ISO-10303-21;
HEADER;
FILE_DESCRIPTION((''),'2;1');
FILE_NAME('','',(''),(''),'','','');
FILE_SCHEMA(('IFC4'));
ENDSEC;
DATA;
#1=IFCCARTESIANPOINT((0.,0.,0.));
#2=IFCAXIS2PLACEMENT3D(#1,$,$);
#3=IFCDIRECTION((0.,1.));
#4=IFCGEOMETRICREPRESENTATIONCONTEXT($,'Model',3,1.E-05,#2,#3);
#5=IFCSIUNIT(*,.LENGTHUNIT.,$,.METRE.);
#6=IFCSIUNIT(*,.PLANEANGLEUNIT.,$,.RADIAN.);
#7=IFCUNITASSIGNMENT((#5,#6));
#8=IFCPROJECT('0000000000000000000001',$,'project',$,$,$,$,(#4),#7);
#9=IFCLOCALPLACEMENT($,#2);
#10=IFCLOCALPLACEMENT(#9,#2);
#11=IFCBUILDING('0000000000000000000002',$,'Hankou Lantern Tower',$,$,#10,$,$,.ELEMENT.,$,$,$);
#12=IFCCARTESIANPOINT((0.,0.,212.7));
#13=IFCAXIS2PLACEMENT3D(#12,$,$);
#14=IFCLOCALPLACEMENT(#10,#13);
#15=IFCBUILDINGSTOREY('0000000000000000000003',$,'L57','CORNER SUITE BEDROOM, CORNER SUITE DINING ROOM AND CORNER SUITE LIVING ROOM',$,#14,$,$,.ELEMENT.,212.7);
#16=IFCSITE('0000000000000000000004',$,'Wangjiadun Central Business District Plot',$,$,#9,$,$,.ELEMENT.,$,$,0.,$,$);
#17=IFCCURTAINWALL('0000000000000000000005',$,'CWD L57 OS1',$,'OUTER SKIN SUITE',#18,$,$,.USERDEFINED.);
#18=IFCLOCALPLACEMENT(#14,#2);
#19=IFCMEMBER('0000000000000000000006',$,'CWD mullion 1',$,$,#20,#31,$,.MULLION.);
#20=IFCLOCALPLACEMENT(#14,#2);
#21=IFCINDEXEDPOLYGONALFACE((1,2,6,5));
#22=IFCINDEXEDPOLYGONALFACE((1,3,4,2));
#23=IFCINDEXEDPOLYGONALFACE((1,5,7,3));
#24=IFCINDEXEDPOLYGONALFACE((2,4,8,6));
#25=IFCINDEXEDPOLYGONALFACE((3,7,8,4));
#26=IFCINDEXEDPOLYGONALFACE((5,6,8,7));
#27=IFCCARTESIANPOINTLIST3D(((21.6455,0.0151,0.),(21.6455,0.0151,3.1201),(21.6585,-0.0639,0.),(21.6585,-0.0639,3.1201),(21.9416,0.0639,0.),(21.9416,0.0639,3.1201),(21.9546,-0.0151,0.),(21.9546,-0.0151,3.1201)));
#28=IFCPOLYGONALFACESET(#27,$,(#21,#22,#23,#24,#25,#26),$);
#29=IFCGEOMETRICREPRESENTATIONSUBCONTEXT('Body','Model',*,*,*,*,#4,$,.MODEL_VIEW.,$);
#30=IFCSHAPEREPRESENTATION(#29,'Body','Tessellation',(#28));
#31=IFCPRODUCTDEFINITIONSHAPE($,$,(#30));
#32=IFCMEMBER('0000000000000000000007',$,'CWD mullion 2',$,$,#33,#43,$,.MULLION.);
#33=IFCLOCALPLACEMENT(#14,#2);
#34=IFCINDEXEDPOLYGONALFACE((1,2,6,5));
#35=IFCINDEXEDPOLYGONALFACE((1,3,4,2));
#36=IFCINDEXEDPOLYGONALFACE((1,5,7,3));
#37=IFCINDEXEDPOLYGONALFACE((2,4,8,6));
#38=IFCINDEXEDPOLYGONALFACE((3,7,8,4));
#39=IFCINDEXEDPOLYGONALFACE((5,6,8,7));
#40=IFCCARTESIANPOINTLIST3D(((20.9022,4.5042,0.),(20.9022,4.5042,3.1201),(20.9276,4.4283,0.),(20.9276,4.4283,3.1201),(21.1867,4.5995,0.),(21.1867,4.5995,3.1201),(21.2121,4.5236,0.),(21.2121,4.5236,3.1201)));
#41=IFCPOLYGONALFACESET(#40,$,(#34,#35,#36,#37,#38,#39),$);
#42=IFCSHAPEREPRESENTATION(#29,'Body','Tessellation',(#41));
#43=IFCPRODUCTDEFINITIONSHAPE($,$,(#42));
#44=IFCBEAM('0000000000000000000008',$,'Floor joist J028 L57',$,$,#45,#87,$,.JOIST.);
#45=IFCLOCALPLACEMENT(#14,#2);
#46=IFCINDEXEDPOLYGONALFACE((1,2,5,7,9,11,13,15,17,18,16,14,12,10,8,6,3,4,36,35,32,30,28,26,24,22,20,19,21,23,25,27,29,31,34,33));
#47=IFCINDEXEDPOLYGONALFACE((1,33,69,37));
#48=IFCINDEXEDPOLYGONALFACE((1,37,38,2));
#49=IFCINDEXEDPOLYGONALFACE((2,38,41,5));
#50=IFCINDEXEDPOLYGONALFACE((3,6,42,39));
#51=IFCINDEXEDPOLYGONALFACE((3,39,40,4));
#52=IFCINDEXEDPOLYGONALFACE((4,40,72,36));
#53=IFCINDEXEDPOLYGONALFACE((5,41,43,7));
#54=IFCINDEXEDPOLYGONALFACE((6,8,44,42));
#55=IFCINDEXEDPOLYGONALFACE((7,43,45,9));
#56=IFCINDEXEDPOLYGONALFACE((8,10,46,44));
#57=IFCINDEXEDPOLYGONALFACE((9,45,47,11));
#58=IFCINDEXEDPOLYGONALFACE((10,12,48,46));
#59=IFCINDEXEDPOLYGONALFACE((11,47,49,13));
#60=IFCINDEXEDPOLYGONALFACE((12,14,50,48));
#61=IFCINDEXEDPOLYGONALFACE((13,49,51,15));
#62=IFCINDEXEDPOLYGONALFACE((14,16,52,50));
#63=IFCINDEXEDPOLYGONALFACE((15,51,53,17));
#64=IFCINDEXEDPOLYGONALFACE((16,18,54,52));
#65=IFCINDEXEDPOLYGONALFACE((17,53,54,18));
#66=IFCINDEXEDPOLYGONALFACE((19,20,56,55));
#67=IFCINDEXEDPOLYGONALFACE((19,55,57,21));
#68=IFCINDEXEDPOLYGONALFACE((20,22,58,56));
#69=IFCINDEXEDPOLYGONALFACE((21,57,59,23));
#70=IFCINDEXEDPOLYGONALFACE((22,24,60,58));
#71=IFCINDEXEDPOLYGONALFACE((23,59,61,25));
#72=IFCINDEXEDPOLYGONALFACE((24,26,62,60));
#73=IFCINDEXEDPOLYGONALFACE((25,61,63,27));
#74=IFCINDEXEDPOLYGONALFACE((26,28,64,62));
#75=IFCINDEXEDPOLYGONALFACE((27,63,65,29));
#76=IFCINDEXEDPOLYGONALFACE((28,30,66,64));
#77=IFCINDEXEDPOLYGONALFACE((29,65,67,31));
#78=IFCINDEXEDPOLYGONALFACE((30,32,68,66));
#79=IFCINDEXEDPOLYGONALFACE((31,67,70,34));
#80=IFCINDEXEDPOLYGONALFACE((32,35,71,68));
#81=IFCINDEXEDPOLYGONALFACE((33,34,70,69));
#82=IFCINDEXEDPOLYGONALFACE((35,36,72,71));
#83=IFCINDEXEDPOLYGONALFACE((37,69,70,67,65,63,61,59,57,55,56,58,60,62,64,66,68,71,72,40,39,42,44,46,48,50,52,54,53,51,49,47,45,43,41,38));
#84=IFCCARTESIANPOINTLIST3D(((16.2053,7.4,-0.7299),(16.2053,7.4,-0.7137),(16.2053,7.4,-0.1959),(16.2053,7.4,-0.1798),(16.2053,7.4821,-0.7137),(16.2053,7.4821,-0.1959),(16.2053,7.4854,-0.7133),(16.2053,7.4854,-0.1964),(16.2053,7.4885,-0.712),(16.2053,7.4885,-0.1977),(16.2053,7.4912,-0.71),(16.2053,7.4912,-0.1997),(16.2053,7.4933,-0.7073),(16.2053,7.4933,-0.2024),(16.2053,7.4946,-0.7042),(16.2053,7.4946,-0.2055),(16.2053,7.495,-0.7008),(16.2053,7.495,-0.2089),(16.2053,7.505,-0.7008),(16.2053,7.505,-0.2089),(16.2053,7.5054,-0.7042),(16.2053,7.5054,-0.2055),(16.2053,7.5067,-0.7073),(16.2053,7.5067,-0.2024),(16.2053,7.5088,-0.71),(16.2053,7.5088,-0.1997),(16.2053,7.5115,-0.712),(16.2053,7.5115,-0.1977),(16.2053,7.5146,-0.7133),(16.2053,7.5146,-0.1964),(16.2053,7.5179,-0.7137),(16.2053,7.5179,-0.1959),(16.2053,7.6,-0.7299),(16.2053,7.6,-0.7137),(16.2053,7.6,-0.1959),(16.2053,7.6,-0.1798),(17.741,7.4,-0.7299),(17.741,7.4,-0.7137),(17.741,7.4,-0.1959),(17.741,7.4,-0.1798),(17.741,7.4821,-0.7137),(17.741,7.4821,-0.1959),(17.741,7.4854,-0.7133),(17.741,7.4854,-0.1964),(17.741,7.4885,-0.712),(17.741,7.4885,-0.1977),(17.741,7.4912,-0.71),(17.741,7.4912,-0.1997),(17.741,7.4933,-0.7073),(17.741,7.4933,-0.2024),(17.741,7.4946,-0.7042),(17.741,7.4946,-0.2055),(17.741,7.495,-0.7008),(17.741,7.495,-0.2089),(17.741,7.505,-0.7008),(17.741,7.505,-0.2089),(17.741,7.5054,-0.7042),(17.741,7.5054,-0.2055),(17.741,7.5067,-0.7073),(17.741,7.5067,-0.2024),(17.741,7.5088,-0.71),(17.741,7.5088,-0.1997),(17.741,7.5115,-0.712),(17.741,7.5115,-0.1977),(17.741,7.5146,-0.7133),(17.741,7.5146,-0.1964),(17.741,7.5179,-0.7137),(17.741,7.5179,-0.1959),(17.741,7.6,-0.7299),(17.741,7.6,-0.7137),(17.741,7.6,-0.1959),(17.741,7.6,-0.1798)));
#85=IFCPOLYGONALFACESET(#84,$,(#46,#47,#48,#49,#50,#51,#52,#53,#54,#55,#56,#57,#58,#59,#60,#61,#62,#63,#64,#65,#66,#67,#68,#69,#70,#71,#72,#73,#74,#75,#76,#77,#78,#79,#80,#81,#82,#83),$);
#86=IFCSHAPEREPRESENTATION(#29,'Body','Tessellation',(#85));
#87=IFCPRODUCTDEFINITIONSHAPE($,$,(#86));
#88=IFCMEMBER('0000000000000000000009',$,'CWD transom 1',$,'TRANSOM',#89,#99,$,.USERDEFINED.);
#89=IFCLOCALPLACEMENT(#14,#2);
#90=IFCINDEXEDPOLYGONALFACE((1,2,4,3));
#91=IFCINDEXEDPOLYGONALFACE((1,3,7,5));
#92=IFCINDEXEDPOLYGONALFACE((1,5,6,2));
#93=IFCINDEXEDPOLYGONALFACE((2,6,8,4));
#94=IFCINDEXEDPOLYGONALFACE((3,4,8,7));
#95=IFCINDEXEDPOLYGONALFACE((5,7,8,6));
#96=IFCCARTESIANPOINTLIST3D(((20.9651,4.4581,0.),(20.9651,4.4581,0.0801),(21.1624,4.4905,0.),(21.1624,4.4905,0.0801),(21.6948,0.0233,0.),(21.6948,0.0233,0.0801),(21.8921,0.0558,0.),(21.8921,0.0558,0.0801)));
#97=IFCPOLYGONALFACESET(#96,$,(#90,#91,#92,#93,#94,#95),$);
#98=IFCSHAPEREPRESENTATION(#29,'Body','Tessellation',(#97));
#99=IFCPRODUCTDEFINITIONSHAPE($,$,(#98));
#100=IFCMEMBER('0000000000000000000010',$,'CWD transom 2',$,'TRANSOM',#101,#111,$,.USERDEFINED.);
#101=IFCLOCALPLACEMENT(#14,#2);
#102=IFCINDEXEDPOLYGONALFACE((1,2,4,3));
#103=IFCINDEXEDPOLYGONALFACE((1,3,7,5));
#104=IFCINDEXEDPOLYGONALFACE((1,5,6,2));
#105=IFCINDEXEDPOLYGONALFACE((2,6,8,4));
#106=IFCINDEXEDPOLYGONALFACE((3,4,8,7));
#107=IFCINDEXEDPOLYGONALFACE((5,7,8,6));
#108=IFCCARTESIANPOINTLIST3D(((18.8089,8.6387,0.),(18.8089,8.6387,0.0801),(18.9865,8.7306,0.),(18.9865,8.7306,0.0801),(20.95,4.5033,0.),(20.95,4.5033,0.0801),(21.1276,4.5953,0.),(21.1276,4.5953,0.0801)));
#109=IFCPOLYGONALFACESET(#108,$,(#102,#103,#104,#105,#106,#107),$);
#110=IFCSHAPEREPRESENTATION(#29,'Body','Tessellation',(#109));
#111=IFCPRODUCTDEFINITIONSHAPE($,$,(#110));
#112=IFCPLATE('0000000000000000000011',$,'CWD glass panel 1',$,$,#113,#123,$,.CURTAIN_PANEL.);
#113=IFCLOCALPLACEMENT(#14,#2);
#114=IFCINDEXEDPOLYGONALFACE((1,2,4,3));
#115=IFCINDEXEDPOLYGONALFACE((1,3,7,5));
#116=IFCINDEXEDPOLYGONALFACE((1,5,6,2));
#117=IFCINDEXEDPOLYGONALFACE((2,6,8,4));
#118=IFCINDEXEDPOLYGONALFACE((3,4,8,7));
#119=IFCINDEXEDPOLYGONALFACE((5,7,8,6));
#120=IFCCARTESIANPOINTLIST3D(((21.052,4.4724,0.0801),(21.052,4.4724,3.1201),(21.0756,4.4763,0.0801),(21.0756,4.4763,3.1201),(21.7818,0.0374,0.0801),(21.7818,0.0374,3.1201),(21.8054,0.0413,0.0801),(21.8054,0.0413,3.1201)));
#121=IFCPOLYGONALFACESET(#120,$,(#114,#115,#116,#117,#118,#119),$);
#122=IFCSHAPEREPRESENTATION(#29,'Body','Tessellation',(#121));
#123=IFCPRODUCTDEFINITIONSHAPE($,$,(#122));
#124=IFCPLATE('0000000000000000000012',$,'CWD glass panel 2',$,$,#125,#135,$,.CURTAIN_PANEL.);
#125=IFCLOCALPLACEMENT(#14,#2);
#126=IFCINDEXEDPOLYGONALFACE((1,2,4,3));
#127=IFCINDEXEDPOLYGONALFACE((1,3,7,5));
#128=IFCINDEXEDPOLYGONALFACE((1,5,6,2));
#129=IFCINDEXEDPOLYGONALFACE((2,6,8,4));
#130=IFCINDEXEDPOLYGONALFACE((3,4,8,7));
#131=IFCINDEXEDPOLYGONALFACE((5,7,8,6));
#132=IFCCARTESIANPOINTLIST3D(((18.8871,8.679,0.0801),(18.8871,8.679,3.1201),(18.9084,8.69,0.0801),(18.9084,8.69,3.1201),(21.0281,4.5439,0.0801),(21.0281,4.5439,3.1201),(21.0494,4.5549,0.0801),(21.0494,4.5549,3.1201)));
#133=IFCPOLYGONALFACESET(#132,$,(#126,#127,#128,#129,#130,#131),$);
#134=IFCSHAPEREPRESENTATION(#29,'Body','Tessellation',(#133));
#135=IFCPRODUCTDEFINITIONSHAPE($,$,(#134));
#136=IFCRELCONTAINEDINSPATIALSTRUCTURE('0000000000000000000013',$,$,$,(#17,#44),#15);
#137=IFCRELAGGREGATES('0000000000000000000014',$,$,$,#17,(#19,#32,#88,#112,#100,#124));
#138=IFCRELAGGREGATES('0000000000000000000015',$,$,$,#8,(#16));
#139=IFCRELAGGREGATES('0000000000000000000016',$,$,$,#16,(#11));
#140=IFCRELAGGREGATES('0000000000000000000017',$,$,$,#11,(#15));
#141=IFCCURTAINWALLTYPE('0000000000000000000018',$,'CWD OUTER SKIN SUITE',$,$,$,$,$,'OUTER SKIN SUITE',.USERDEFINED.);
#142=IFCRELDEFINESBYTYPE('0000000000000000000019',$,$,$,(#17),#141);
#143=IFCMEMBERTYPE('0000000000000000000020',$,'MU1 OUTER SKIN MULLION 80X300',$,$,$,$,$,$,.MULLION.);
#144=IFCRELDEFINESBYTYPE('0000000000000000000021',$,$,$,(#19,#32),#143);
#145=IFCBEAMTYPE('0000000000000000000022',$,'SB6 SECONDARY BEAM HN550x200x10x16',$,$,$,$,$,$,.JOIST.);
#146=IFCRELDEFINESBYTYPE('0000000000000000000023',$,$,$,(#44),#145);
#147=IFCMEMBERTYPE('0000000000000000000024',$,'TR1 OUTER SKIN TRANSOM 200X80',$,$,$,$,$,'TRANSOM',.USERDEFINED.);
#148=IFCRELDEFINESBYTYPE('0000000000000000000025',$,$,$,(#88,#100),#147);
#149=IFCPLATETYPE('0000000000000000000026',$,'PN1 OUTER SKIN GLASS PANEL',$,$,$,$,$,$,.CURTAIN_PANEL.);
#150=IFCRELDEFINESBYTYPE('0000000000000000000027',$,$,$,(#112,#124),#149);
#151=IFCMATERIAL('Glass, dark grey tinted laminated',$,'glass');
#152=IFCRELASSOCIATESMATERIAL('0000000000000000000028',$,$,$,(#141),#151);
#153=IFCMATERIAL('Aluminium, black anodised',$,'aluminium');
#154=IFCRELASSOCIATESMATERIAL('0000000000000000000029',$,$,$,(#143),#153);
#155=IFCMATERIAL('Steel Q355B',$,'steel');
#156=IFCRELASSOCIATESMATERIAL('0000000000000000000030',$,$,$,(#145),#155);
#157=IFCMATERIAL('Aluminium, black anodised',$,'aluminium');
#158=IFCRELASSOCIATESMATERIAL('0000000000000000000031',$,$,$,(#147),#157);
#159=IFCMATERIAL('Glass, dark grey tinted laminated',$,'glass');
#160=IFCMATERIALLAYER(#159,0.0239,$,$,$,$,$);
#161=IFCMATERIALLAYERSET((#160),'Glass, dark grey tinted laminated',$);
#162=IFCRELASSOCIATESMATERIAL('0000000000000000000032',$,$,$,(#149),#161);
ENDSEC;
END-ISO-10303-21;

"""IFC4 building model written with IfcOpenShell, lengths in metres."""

from ifc_helpers import new_model, si_unit, direction, frame, origin, origin_2d, place, context, subcontext, project, spatial, rectangle, i_section, extrude, material, layer, layer_set, material_profile, profile_set, type_object, element, aggregate, save


model = new_model("IFC4")

# Units and contexts
model_context = context("Model", 3, precision=1e-05, world=origin(), true_north=direction((0.0, 1.0)))
body_context = subcontext(model_context, "Body", "Model", "MODEL_VIEW")
ifc_project = project(units=[si_unit("LENGTHUNIT", "METRE"), si_unit("PLANEANGLEUNIT", "RADIAN")], contexts=[model_context])

# Site, building, storey
site_placement = place(None, origin())
site = spatial("IfcSite", under=ifc_project, at=site_placement, Name="Wangjiadun Central Business District Plot", CompositionType="ELEMENT", RefElevation=0.0)
building_placement = place(site_placement, origin())
building = spatial("IfcBuilding", under=site, at=building_placement, Name="Hankou Lantern Tower", CompositionType="ELEMENT")
storey_placement = place(building_placement, frame((0.0, 0.0, 212.7)))
storey = spatial("IfcBuildingStorey", under=building, at=storey_placement, Name="L57", Description="CORNER SUITE BEDROOM, CORNER SUITE DINING ROOM AND CORNER SUITE LIVING ROOM", CompositionType="ELEMENT", Elevation=212.7)

# Curtain wall, members
ifc_material_1 = material(Name="Glass, dark grey tinted laminated", Category="glass")
curtain_wall_type = type_object("IfcCurtainWallType", Name="CWD OUTER SKIN SUITE", ElementType="OUTER SKIN SUITE", PredefinedType="USERDEFINED", material=ifc_material_1)
curtain_wall_placement = place(storey_placement, origin())
curtain_wall = element("IfcCurtainWall", 1, at=curtain_wall_placement, inside=storey, type_object=curtain_wall_type, Name="CWD L57 OS1", ObjectType="OUTER SKIN SUITE", PredefinedType="USERDEFINED")
ifc_material_2 = material(Name="Aluminium, black anodised", Category="aluminium")
ifc_material_profile_1 = material_profile(ifc_material_2, rectangle(XDim=0.0801, YDim=0.3, at=origin_2d()), Name="MU1 80X300")
ifc_profile_set_1 = profile_set([ifc_material_profile_1], Name="Aluminium, black anodised")
member_type_1 = type_object("IfcMemberType", Name="MU1 OUTER SKIN MULLION 80X300", PredefinedType="MULLION", material=ifc_profile_set_1)
member_1_placement = place(storey_placement, frame((21.8, 0.0, 0.0), z_axis=(0.0, 0.0, 1.0), x_axis=(-0.162382, 0.986728, 0.0)))
member_1 = element("IfcMember", 2, at=member_1_placement, type_object=member_type_1, Name="CWD mullion 1", PredefinedType="MULLION", context=body_context, shape_type="SweptSolid", body=[
    extrude(rectangle(XDim=0.0801, YDim=0.3, at=origin_2d()), origin(), (0.0, 0.0, 1.0), 3.1201),
])
member_2_placement = place(storey_placement, frame((21.0571, 4.5139, 0.0), z_axis=(0.0, 0.0, 1.0), x_axis=(-0.317596, 0.948226, 0.0)))
member_2 = element("IfcMember", 3, at=member_2_placement, type_object=member_type_1, Name="CWD mullion 2", PredefinedType="MULLION", context=body_context, shape_type="SweptSolid", body=[
    extrude(rectangle(XDim=0.0801, YDim=0.3, at=origin_2d()), origin(), (0.0, 0.0, 1.0), 3.1201),
])

# Beam
ifc_material_3 = material(Name="Steel Q355B", Category="steel")
ifc_material_profile_2 = material_profile(ifc_material_3, i_section(OverallWidth=0.2, OverallDepth=0.55, WebThickness=0.01, FlangeThickness=0.0161, FilletRadius=0.0129, at=origin_2d()), Name="HN550x200x10x16")
ifc_profile_set_2 = profile_set([ifc_material_profile_2], Name="Steel Q355B")
beam_type_1 = type_object("IfcBeamType", Name="SB6 SECONDARY BEAM HN550x200x10x16", PredefinedType="JOIST", material=ifc_profile_set_2)
beam_1_placement = place(storey_placement, frame((16.2053, 7.5, -0.4548), z_axis=(1.0, 0.0, 0.0), x_axis=(0.0, 1.0, 0.0)))
element("IfcBeam", 4, at=beam_1_placement, inside=storey, type_object=beam_type_1, Name="Floor joist J028 L57", PredefinedType="JOIST", context=body_context, shape_type="SweptSolid", body=[
    extrude(i_section(OverallWidth=0.2, OverallDepth=0.55, WebThickness=0.01, FlangeThickness=0.0161, FilletRadius=0.0129, at=origin_2d()), origin(), (0.0, 0.0, 1.0), 1.5356),
])

# Members
ifc_material_4 = material(Name="Aluminium, black anodised", Category="aluminium")
ifc_material_profile_3 = material_profile(ifc_material_4, rectangle(XDim=0.2, YDim=0.0801, at=origin_2d()), Name="TR1 200X80")
ifc_profile_set_3 = profile_set([ifc_material_profile_3], Name="Aluminium, black anodised")
member_type_2 = type_object("IfcMemberType", Name="TR1 OUTER SKIN TRANSOM 200X80", ElementType="TRANSOM", PredefinedType="USERDEFINED", material=ifc_profile_set_3)
member_3_placement = place(storey_placement, frame((21.7935, 0.0396, 0.04), z_axis=(-0.162364, 0.986731, 0.0), x_axis=(-0.986731, -0.162364, 0.0)))
member_3 = element("IfcMember", 5, at=member_3_placement, type_object=member_type_2, Name="CWD transom 1", ObjectType="TRANSOM", PredefinedType="USERDEFINED", context=body_context, shape_type="SweptSolid", body=[
    extrude(rectangle(XDim=0.2, YDim=0.0801, at=origin_2d()), origin(), (0.0, 0.0, 1.0), 4.4944),
])
member_4_placement = place(storey_placement, frame((21.0388, 4.5493, 0.04), z_axis=(-0.459794, 0.888026, 0.0), x_axis=(-0.888026, -0.459794, 0.0)))
member_4 = element("IfcMember", 6, at=member_4_placement, type_object=member_type_2, Name="CWD transom 2", ObjectType="TRANSOM", PredefinedType="USERDEFINED", context=body_context, shape_type="SweptSolid", body=[
    extrude(rectangle(XDim=0.2, YDim=0.0801, at=origin_2d()), origin(), (0.0, 0.0, 1.0), 4.6567),
])

# Plates
ifc_material_5 = material(Name="Glass, dark grey tinted laminated", Category="glass")
ifc_layer_1 = layer(ifc_material_5, 0.0239)
ifc_layer_set_1 = layer_set([ifc_layer_1], Name="Glass, dark grey tinted laminated")
plate_type = type_object("IfcPlateType", Name="PN1 OUTER SKIN GLASS PANEL", PredefinedType="CURTAIN_PANEL", material=ifc_layer_set_1)
plate_1_placement = place(storey_placement, frame((21.4287, 2.2568, 0.0801), z_axis=(0.0, 0.0, 1.0), x_axis=(-0.162382, 0.986728, 0.0)))
plate_1 = element("IfcPlate", 7, at=plate_1_placement, type_object=plate_type, Name="CWD glass panel 1", PredefinedType="CURTAIN_PANEL", context=body_context, shape_type="SweptSolid", body=[
    extrude(rectangle(XDim=4.4946, YDim=0.0239, at=origin_2d()), origin(), (0.0, 0.0, 1.0), 3.04),
])
plate_2_placement = place(storey_placement, frame((19.9683, 6.6169, 0.0801), z_axis=(0.0, 0.0, 1.0), x_axis=(-0.459791, 0.888027, 0.0)))
plate_2 = element("IfcPlate", 8, at=plate_2_placement, type_object=plate_type, Name="CWD glass panel 2", PredefinedType="CURTAIN_PANEL", context=body_context, shape_type="SweptSolid", body=[
    extrude(rectangle(XDim=4.6565, YDim=0.0239, at=origin_2d()), origin(), (0.0, 0.0, 1.0), 3.04),
])
aggregate(curtain_wall, [member_1, member_2, member_3, plate_1, member_4, plate_2])

save(model, "model.ifc")
